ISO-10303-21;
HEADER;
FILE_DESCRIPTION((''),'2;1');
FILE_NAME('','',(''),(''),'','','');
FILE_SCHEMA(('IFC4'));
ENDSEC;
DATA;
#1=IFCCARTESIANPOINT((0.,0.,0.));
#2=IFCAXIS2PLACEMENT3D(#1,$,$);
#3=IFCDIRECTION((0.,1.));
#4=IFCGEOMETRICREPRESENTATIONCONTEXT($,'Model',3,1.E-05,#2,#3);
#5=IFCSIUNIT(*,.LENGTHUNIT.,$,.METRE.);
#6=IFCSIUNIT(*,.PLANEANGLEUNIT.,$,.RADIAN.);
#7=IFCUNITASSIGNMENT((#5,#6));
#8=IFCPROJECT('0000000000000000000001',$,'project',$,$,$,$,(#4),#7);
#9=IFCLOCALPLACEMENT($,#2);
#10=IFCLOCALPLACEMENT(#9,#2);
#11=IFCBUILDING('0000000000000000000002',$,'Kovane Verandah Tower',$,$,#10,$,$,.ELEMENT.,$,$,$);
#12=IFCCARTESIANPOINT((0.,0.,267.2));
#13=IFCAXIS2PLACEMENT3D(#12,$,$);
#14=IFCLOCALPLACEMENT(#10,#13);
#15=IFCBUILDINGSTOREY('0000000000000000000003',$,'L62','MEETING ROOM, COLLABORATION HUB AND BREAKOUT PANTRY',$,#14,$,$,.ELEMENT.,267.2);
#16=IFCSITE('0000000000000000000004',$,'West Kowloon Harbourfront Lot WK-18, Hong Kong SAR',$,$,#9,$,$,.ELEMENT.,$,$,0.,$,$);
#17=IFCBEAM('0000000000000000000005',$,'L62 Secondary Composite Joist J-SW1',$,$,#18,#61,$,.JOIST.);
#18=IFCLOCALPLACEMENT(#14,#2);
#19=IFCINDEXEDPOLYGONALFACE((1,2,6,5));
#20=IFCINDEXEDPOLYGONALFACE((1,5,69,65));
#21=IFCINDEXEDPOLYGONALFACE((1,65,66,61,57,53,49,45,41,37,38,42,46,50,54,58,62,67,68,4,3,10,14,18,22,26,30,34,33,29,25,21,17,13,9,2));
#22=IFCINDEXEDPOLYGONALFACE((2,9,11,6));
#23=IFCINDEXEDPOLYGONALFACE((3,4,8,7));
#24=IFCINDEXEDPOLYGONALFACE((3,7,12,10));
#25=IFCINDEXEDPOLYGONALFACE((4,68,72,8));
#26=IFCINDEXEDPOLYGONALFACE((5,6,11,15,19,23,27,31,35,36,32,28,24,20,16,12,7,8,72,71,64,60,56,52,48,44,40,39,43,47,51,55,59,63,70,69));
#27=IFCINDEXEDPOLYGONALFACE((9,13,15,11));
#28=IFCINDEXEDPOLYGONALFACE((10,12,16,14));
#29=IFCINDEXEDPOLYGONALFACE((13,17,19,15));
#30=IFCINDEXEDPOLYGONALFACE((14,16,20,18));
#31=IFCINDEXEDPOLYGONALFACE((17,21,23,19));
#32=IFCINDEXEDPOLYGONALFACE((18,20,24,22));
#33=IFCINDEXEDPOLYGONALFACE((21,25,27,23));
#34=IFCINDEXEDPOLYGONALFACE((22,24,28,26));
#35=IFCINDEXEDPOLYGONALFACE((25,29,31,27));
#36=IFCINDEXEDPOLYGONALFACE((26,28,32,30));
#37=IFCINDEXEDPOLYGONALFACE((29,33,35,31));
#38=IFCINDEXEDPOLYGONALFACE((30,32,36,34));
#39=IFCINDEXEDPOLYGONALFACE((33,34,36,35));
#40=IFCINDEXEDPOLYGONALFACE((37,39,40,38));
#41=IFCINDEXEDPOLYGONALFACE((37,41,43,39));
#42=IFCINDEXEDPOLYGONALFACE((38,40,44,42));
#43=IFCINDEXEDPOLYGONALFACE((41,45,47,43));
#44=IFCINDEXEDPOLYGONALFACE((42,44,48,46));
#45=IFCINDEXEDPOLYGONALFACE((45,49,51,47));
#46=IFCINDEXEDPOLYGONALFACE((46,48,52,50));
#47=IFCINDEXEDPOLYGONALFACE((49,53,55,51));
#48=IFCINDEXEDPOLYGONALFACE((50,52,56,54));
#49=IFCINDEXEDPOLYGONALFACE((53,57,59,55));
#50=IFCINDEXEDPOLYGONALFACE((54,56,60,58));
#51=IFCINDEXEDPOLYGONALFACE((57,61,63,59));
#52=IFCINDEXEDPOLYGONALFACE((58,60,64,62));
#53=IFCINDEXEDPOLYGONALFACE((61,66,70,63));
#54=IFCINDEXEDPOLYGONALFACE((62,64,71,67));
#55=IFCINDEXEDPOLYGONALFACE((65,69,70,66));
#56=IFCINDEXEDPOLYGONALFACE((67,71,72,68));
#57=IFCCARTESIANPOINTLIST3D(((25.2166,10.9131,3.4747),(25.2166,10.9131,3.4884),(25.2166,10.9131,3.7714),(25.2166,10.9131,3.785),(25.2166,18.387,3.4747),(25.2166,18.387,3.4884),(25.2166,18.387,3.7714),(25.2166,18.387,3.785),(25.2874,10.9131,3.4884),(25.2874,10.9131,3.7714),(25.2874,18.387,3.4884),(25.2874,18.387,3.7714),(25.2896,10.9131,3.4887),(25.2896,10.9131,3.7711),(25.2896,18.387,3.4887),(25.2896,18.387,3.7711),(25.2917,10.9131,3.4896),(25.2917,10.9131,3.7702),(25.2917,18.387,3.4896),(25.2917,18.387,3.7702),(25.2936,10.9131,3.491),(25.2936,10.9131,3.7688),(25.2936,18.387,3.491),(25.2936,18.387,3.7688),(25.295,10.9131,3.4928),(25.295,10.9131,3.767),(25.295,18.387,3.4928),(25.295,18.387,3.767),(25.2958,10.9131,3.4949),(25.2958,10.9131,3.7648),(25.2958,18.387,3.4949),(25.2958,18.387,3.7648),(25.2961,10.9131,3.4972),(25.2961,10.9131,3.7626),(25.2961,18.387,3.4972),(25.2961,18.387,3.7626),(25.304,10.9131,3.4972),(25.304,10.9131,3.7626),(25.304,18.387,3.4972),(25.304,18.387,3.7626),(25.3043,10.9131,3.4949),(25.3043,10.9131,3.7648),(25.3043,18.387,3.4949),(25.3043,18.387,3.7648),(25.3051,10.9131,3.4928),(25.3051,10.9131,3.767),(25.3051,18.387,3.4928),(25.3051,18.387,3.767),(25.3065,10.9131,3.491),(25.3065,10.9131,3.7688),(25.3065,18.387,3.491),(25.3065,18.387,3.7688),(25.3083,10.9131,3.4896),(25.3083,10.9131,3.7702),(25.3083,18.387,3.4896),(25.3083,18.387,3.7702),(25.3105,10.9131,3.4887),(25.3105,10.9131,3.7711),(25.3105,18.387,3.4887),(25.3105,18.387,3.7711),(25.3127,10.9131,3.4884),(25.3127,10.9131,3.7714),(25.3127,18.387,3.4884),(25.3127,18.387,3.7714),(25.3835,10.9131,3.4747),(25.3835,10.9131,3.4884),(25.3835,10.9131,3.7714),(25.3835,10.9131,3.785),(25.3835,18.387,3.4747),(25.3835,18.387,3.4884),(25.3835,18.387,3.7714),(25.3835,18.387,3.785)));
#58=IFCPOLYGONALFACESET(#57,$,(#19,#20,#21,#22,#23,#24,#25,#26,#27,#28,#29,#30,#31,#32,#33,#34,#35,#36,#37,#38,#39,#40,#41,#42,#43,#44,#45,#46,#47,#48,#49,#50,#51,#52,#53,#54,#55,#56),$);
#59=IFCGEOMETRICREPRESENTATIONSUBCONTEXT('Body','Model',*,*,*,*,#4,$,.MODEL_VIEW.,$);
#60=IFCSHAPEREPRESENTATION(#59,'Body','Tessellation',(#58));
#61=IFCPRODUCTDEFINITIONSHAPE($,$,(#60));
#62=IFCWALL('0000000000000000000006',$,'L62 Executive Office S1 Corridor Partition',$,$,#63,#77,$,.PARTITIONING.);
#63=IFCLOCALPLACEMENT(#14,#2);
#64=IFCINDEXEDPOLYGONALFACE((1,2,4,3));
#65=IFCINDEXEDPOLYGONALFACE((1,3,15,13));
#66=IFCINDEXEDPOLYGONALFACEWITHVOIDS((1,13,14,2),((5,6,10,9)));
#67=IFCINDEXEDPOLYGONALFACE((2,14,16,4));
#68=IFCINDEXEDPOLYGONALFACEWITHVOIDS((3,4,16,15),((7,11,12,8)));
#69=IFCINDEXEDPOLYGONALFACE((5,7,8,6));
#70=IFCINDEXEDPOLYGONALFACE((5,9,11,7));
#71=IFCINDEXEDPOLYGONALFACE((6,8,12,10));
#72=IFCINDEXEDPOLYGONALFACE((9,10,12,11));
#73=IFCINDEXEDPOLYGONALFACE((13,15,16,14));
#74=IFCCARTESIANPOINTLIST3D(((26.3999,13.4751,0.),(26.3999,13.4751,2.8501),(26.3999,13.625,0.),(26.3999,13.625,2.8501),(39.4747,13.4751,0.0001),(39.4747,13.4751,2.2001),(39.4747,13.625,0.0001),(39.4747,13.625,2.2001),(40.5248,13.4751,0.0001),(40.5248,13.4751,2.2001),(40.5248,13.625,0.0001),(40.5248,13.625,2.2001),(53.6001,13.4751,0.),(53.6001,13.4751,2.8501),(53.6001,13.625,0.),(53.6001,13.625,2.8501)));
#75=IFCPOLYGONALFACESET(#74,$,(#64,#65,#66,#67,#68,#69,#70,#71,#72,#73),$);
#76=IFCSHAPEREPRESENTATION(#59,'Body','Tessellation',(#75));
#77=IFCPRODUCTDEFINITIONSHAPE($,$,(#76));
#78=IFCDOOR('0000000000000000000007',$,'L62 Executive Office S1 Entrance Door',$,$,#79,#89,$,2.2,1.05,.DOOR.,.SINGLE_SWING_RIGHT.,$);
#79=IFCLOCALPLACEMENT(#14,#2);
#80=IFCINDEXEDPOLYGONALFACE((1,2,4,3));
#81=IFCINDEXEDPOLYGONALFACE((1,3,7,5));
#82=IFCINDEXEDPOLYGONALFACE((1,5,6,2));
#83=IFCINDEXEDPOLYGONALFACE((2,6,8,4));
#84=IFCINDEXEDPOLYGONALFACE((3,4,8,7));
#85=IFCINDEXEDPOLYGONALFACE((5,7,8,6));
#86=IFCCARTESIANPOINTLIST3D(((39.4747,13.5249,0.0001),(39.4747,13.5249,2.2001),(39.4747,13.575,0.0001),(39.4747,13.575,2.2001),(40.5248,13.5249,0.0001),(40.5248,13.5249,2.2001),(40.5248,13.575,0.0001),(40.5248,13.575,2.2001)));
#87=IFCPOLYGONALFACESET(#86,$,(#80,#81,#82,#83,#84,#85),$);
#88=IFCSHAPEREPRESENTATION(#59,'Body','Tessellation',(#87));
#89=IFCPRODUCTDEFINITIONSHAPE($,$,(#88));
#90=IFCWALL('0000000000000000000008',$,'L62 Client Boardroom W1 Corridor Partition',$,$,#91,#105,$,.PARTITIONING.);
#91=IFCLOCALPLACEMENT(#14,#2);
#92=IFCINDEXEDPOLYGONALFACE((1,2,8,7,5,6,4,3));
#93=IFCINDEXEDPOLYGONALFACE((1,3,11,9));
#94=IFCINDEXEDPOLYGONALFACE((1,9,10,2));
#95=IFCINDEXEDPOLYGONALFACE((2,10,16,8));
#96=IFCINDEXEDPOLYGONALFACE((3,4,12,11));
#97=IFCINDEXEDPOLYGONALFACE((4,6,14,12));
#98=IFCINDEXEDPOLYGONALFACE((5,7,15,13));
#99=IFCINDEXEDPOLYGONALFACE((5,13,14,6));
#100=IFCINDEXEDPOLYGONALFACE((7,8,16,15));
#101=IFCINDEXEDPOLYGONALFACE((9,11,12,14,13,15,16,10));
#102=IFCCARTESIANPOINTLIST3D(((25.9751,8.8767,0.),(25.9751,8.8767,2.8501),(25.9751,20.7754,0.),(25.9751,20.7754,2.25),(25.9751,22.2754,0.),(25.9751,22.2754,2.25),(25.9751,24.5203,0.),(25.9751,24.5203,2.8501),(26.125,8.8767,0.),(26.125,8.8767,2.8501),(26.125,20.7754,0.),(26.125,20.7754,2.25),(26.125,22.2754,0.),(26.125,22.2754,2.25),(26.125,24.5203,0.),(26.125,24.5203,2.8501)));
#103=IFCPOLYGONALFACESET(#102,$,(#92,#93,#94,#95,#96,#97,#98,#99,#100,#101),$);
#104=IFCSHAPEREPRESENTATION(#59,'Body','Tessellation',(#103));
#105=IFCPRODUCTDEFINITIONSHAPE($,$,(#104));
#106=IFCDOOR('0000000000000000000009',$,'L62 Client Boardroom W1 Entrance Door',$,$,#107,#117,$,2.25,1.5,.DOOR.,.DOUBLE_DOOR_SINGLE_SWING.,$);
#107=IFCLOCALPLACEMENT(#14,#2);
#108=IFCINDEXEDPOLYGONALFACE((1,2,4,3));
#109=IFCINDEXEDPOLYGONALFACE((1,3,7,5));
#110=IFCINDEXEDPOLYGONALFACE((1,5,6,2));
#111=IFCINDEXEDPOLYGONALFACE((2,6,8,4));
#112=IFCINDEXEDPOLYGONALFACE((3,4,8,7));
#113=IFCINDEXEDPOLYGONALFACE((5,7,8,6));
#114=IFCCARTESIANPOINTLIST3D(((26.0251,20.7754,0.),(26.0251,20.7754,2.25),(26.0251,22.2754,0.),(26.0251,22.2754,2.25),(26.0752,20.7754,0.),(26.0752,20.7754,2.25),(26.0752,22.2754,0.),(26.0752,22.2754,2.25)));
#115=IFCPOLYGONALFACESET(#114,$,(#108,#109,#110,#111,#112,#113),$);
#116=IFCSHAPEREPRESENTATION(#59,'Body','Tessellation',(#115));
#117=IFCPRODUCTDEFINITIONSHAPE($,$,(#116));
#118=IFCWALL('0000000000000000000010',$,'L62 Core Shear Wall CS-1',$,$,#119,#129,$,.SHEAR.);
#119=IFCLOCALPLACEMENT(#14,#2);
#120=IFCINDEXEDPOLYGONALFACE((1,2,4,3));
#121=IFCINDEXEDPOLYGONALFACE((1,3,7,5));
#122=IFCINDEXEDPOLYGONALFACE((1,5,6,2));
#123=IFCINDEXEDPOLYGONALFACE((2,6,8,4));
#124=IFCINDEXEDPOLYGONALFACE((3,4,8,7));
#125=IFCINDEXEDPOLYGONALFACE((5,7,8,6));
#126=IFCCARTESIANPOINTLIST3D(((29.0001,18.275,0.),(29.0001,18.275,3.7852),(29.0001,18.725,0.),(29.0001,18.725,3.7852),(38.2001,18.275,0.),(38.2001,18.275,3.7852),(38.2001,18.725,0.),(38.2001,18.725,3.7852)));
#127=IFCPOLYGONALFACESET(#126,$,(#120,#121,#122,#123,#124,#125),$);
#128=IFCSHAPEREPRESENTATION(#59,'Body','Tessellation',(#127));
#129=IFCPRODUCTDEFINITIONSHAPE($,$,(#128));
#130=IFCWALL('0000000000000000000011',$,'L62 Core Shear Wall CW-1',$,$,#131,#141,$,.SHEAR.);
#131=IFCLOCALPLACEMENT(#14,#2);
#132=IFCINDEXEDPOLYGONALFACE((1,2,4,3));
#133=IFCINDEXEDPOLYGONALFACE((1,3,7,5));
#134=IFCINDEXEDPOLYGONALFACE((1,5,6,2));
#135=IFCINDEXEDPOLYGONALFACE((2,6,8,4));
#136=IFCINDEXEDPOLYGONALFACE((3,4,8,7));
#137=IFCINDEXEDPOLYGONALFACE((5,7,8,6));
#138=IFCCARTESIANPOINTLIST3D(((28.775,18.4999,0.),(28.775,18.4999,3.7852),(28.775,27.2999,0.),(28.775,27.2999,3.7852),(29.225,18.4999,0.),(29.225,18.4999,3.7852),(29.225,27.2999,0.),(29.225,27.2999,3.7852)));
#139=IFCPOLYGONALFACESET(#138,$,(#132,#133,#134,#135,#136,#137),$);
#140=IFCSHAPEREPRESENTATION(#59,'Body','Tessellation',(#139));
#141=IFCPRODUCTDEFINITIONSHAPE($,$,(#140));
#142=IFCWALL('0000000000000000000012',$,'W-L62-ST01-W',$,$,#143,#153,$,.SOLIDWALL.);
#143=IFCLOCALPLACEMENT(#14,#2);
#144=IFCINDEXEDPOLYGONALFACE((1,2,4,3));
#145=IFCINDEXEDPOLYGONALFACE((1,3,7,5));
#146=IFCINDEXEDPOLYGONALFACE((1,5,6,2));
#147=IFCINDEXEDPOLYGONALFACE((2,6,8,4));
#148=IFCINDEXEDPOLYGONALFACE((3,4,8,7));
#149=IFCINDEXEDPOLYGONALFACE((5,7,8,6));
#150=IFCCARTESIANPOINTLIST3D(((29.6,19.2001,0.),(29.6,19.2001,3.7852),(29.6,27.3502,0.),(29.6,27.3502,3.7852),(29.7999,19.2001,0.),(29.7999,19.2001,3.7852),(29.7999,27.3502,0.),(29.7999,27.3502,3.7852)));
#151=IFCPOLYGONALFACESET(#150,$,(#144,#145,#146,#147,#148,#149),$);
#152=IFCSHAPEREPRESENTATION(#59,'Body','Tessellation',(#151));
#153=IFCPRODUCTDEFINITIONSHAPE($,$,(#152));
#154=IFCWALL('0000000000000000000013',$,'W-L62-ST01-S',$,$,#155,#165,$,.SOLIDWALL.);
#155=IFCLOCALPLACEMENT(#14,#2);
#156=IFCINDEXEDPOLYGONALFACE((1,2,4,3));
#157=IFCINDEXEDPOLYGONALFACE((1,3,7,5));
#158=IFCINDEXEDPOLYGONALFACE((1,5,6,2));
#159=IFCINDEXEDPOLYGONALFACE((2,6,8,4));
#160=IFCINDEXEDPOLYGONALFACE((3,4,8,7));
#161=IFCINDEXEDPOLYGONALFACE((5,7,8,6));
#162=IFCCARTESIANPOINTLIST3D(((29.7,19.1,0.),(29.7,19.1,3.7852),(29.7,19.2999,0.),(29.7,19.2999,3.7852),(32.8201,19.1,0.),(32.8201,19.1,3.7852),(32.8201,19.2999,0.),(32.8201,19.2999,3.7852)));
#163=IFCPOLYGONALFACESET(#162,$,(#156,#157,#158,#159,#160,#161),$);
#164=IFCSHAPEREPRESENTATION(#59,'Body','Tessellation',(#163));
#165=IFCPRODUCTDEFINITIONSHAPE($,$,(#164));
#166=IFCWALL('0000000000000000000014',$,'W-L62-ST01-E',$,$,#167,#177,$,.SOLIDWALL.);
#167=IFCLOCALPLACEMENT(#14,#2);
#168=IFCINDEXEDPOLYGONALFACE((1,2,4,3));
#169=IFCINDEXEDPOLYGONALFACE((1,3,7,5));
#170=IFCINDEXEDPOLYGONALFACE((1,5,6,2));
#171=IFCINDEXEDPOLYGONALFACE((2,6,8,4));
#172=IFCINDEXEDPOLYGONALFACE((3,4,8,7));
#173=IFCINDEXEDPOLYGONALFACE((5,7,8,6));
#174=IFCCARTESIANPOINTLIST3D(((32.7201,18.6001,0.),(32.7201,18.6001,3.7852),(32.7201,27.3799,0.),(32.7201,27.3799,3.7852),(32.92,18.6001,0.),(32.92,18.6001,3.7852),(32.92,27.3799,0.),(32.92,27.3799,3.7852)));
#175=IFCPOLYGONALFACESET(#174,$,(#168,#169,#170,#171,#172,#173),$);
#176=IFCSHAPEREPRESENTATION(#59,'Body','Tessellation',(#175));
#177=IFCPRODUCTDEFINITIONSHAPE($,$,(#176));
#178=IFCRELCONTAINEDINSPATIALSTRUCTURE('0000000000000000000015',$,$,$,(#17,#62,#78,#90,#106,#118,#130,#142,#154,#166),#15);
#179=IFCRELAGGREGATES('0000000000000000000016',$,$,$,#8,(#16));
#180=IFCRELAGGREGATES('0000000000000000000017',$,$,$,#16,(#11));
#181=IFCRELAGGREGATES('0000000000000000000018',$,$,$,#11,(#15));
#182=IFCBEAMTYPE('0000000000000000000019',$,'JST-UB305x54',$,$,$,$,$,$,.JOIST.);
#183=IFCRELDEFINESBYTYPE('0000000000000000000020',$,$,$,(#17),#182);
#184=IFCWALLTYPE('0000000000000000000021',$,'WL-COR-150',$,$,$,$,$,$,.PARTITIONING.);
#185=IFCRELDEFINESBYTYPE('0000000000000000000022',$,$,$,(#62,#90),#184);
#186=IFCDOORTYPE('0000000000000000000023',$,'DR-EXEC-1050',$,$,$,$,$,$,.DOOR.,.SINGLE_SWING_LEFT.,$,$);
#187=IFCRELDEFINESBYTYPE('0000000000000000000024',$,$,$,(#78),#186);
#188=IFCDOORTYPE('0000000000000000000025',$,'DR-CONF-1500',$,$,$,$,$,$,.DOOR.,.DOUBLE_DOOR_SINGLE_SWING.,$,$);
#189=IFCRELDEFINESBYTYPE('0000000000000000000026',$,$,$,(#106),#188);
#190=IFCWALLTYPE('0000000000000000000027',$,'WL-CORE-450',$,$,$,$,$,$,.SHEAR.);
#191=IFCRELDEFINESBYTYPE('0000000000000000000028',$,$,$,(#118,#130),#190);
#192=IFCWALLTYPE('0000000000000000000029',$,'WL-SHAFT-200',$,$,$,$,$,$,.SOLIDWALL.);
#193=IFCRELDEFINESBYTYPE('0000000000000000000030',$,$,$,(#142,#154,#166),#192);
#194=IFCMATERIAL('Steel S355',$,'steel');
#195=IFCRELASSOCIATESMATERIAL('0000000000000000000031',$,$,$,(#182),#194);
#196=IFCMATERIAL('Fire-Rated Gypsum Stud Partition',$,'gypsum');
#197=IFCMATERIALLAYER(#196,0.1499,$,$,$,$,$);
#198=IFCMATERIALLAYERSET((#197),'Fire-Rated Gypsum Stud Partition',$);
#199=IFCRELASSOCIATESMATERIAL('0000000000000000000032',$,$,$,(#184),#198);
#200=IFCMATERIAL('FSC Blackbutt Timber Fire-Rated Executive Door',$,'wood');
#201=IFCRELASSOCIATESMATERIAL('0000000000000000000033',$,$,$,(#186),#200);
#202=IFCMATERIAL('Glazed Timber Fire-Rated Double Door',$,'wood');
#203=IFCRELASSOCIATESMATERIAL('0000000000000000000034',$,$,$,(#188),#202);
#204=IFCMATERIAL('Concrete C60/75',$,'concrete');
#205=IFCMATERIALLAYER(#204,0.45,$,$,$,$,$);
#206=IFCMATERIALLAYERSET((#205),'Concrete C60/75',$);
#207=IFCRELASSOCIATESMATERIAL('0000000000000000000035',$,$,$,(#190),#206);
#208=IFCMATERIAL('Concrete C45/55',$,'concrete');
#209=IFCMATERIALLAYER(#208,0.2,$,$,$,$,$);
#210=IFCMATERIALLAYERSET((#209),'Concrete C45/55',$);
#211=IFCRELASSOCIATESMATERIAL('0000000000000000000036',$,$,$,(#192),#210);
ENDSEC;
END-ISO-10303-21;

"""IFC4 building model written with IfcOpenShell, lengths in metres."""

from ifc_helpers import new_model, si_unit, direction, frame, frame_2d, origin, origin_2d, place, context, subcontext, project, spatial, rectangle, i_section, extrude, material, layer, layer_set, material_profile, profile_set, type_object, element, fill, save


model = new_model("IFC4")

# Units and contexts
model_context = context("Model", 3, precision=1e-05, world=origin(), true_north=direction((0.0, 1.0)))
body_context = subcontext(model_context, "Body", "Model", "MODEL_VIEW")
ifc_project = project(units=[si_unit("LENGTHUNIT", "METRE"), si_unit("PLANEANGLEUNIT", "RADIAN")], contexts=[model_context])

# Site, building, storey
site_placement = place(None, origin())
site = spatial("IfcSite", under=ifc_project, at=site_placement, Name="West Kowloon Harbourfront Lot WK-18, Hong Kong SAR", CompositionType="ELEMENT", RefElevation=0.0)
building_placement = place(site_placement, origin())
building = spatial("IfcBuilding", under=site, at=building_placement, Name="Kovane Verandah Tower", CompositionType="ELEMENT")
storey_placement = place(building_placement, frame((0.0, 0.0, 267.2)))
storey = spatial("IfcBuildingStorey", under=building, at=storey_placement, Name="L62", Description="MEETING ROOM, COLLABORATION HUB AND BREAKOUT PANTRY", CompositionType="ELEMENT", Elevation=267.2)

# Shared definitions
ifc_material_1 = material(Name="Concrete C60/75", Category="concrete")

# Beam
ifc_material_2 = material(Name="Steel S355", Category="steel")
ifc_material_profile_1 = material_profile(ifc_material_2, i_section(OverallWidth=0.167, OverallDepth=0.3103, WebThickness=0.0078, FlangeThickness=0.0137, FilletRadius=0.0088, at=origin_2d()), Name="UB305x165x54")
ifc_profile_set_1 = profile_set([ifc_material_profile_1], Name="Steel S355")
beam_type_1 = type_object("IfcBeamType", Name="JST-UB305x54", PredefinedType="JOIST", material=ifc_profile_set_1)
beam_1_placement = place(storey_placement, frame((25.3, 10.9131, 3.6299), z_axis=(0.0, 1.0, 0.0), x_axis=(-1.0, 0.0, 0.0)))
element("IfcBeam", 1, at=beam_1_placement, inside=storey, type_object=beam_type_1, Name="L62 Secondary Composite Joist J-SW1", PredefinedType="JOIST", context=body_context, shape_type="SweptSolid", body=[
    extrude(i_section(OverallWidth=0.167, OverallDepth=0.3103, WebThickness=0.0078, FlangeThickness=0.0137, FilletRadius=0.0088, at=origin_2d()), origin(), (0.0, 0.0, 1.0), 7.4739),
])

# Walls, openings, doors
ifc_material_3 = material(Name="Fire-Rated Gypsum Stud Partition", Category="gypsum")
ifc_layer_1 = layer(ifc_material_3, 0.1499)
ifc_layer_set_1 = layer_set([ifc_layer_1], Name="Fire-Rated Gypsum Stud Partition")
wall_type_1 = type_object("IfcWallType", Name="WL-COR-150", PredefinedType="PARTITIONING", material=ifc_layer_set_1)
wall_1_placement = place(storey_placement, frame((26.3999, 13.55, 0.0), z_axis=(0.0, 0.0, 1.0), x_axis=(1.0, 0.0, 0.0)))
wall_1 = element("IfcWall", 2, at=wall_1_placement, inside=storey, type_object=wall_type_1, Name="L62 Executive Office S1 Corridor Partition", PredefinedType="PARTITIONING", context=body_context, shape_type="SweptSolid", body=[
    extrude(rectangle(XDim=27.2002, YDim=0.1499, at=frame_2d((13.6001, 0.0))), origin(), (0.0, 0.0, 1.0), 2.8501),
])
opening_1_placement = place(wall_1_placement, frame((13.075, 0.0, 0.0)))
opening_1 = element("IfcOpeningElement", 3, at=opening_1_placement, cuts=wall_1, PredefinedType="OPENING", context=body_context, shape_type="SweptSolid", body=[
    extrude(rectangle(XDim=1.05, YDim=2.2, at=frame_2d((0.5249, 1.1001))), frame((0.0, 0.075, 0.0), z_axis=(0.0, -1.0, 0.0), x_axis=(1.0, 0.0, 0.0)), (0.0, 0.0, 1.0), 0.1499),
])
ifc_material_4 = material(Name="FSC Blackbutt Timber Fire-Rated Executive Door", Category="wood")
door_type_1 = type_object("IfcDoorType", Name="DR-EXEC-1050", OperationType="SINGLE_SWING_LEFT", PredefinedType="DOOR", material=ifc_material_4)
door_1_placement = place(opening_1_placement, origin())
door_1 = element("IfcDoor", 4, at=door_1_placement, inside=storey, type_object=door_type_1, Name="L62 Executive Office S1 Entrance Door", OperationType="SINGLE_SWING_RIGHT", OverallHeight=2.2, OverallWidth=1.05, PredefinedType="DOOR", context=body_context, shape_type="SweptSolid", body=[
    extrude(rectangle(XDim=1.05, YDim=2.2, at=frame_2d((0.5249, 1.1001))), frame((0.0, 0.0249, 0.0), z_axis=(0.0, -1.0, 0.0), x_axis=(1.0, 0.0, 0.0)), (0.0, 0.0, 1.0), 0.05),
])
fill(opening_1, door_1)
wall_2_placement = place(storey_placement, frame((26.05, 8.8767, 0.0), z_axis=(0.0, 0.0, 1.0), x_axis=(0.0, 1.0, 0.0)))
wall_2 = element("IfcWall", 5, at=wall_2_placement, inside=storey, type_object=wall_type_1, Name="L62 Client Boardroom W1 Corridor Partition", PredefinedType="PARTITIONING", context=body_context, shape_type="SweptSolid", body=[
    extrude(rectangle(XDim=15.6436, YDim=0.1499, at=frame_2d((7.8218, 0.0))), origin(), (0.0, 0.0, 1.0), 2.8501),
])
opening_2_placement = place(wall_2_placement, frame((11.8987, 0.0, 0.0)))
opening_2 = element("IfcOpeningElement", 6, at=opening_2_placement, cuts=wall_2, PredefinedType="OPENING", context=body_context, shape_type="SweptSolid", body=[
    extrude(rectangle(XDim=1.5, YDim=2.25, at=frame_2d((0.75, 1.125))), frame((0.0, 0.075, 0.0), z_axis=(0.0, -1.0, 0.0), x_axis=(1.0, 0.0, 0.0)), (0.0, 0.0, 1.0), 0.1499),
])
ifc_material_5 = material(Name="Glazed Timber Fire-Rated Double Door", Category="wood")
door_type_2 = type_object("IfcDoorType", Name="DR-CONF-1500", OperationType="DOUBLE_DOOR_SINGLE_SWING", PredefinedType="DOOR", material=ifc_material_5)
door_2_placement = place(opening_2_placement, origin())
door_2 = element("IfcDoor", 7, at=door_2_placement, inside=storey, type_object=door_type_2, Name="L62 Client Boardroom W1 Entrance Door", OperationType="DOUBLE_DOOR_SINGLE_SWING", OverallHeight=2.25, OverallWidth=1.5, PredefinedType="DOOR", context=body_context, shape_type="SweptSolid", body=[
    extrude(rectangle(XDim=1.5, YDim=2.25, at=frame_2d((0.75, 1.125))), frame((0.0, 0.0249, 0.0), z_axis=(0.0, -1.0, 0.0), x_axis=(1.0, 0.0, 0.0)), (0.0, 0.0, 1.0), 0.05),
])
fill(opening_2, door_2)

# Walls
ifc_layer_2 = layer(ifc_material_1, 0.45)
ifc_layer_set_2 = layer_set([ifc_layer_2], Name="Concrete C60/75")
wall_type_2 = type_object("IfcWallType", Name="WL-CORE-450", PredefinedType="SHEAR", material=ifc_layer_set_2)
wall_3_placement = place(storey_placement, frame((29.0, 18.5, 0.0), z_axis=(0.0, 0.0, 1.0), x_axis=(1.0, 0.0, 0.0)))
element("IfcWall", 8, at=wall_3_placement, inside=storey, type_object=wall_type_2, Name="L62 Core Shear Wall CS-1", PredefinedType="SHEAR", context=body_context, shape_type="SweptSolid", body=[
    extrude(rectangle(XDim=9.2, YDim=0.45, at=frame_2d((4.6001, 0.0))), origin(), (0.0, 0.0, 1.0), 3.7852),
])
wall_4_placement = place(storey_placement, frame((29.0, 18.5, 0.0), z_axis=(0.0, 0.0, 1.0), x_axis=(0.0, 1.0, 0.0)))
element("IfcWall", 9, at=wall_4_placement, inside=storey, type_object=wall_type_2, Name="L62 Core Shear Wall CW-1", PredefinedType="SHEAR", context=body_context, shape_type="SweptSolid", body=[
    extrude(rectangle(XDim=8.8, YDim=0.45, at=frame_2d((4.3999, 0.0))), origin(), (0.0, 0.0, 1.0), 3.7852),
])
ifc_material_6 = material(Name="Concrete C45/55", Category="concrete")
ifc_layer_3 = layer(ifc_material_6, 0.2)
ifc_layer_set_3 = layer_set([ifc_layer_3], Name="Concrete C45/55")
wall_type_3 = type_object("IfcWallType", Name="WL-SHAFT-200", PredefinedType="SOLIDWALL", material=ifc_layer_set_3)
wall_5_placement = place(storey_placement, frame((29.7, 19.2, 0.0), z_axis=(0.0, 0.0, 1.0), x_axis=(0.0, 1.0, 0.0)))
element("IfcWall", 10, at=wall_5_placement, inside=storey, type_object=wall_type_3, Name="W-L62-ST01-W", PredefinedType="SOLIDWALL", context=body_context, shape_type="SweptSolid", body=[
    extrude(rectangle(XDim=8.1501, YDim=0.2, at=frame_2d((4.0752, 0.0))), origin(), (0.0, 0.0, 1.0), 3.7852),
])
wall_6_placement = place(storey_placement, frame((29.7, 19.2, 0.0), z_axis=(0.0, 0.0, 1.0), x_axis=(1.0, 0.0, 0.0)))
element("IfcWall", 11, at=wall_6_placement, inside=storey, type_object=wall_type_3, Name="W-L62-ST01-S", PredefinedType="SOLIDWALL", context=body_context, shape_type="SweptSolid", body=[
    extrude(rectangle(XDim=3.1201, YDim=0.2, at=frame_2d((1.5601, 0.0))), origin(), (0.0, 0.0, 1.0), 3.7852),
])
wall_7_placement = place(storey_placement, frame((32.8201, 18.6001, 0.0), z_axis=(0.0, 0.0, 1.0), x_axis=(0.0, 1.0, 0.0)))
element("IfcWall", 12, at=wall_7_placement, inside=storey, type_object=wall_type_3, Name="W-L62-ST01-E", PredefinedType="SOLIDWALL", context=body_context, shape_type="SweptSolid", body=[
    extrude(rectangle(XDim=8.7798, YDim=0.2, at=frame_2d((4.3899, 0.0))), origin(), (0.0, 0.0, 1.0), 3.7852),
])

save(model, "model.ifc")
